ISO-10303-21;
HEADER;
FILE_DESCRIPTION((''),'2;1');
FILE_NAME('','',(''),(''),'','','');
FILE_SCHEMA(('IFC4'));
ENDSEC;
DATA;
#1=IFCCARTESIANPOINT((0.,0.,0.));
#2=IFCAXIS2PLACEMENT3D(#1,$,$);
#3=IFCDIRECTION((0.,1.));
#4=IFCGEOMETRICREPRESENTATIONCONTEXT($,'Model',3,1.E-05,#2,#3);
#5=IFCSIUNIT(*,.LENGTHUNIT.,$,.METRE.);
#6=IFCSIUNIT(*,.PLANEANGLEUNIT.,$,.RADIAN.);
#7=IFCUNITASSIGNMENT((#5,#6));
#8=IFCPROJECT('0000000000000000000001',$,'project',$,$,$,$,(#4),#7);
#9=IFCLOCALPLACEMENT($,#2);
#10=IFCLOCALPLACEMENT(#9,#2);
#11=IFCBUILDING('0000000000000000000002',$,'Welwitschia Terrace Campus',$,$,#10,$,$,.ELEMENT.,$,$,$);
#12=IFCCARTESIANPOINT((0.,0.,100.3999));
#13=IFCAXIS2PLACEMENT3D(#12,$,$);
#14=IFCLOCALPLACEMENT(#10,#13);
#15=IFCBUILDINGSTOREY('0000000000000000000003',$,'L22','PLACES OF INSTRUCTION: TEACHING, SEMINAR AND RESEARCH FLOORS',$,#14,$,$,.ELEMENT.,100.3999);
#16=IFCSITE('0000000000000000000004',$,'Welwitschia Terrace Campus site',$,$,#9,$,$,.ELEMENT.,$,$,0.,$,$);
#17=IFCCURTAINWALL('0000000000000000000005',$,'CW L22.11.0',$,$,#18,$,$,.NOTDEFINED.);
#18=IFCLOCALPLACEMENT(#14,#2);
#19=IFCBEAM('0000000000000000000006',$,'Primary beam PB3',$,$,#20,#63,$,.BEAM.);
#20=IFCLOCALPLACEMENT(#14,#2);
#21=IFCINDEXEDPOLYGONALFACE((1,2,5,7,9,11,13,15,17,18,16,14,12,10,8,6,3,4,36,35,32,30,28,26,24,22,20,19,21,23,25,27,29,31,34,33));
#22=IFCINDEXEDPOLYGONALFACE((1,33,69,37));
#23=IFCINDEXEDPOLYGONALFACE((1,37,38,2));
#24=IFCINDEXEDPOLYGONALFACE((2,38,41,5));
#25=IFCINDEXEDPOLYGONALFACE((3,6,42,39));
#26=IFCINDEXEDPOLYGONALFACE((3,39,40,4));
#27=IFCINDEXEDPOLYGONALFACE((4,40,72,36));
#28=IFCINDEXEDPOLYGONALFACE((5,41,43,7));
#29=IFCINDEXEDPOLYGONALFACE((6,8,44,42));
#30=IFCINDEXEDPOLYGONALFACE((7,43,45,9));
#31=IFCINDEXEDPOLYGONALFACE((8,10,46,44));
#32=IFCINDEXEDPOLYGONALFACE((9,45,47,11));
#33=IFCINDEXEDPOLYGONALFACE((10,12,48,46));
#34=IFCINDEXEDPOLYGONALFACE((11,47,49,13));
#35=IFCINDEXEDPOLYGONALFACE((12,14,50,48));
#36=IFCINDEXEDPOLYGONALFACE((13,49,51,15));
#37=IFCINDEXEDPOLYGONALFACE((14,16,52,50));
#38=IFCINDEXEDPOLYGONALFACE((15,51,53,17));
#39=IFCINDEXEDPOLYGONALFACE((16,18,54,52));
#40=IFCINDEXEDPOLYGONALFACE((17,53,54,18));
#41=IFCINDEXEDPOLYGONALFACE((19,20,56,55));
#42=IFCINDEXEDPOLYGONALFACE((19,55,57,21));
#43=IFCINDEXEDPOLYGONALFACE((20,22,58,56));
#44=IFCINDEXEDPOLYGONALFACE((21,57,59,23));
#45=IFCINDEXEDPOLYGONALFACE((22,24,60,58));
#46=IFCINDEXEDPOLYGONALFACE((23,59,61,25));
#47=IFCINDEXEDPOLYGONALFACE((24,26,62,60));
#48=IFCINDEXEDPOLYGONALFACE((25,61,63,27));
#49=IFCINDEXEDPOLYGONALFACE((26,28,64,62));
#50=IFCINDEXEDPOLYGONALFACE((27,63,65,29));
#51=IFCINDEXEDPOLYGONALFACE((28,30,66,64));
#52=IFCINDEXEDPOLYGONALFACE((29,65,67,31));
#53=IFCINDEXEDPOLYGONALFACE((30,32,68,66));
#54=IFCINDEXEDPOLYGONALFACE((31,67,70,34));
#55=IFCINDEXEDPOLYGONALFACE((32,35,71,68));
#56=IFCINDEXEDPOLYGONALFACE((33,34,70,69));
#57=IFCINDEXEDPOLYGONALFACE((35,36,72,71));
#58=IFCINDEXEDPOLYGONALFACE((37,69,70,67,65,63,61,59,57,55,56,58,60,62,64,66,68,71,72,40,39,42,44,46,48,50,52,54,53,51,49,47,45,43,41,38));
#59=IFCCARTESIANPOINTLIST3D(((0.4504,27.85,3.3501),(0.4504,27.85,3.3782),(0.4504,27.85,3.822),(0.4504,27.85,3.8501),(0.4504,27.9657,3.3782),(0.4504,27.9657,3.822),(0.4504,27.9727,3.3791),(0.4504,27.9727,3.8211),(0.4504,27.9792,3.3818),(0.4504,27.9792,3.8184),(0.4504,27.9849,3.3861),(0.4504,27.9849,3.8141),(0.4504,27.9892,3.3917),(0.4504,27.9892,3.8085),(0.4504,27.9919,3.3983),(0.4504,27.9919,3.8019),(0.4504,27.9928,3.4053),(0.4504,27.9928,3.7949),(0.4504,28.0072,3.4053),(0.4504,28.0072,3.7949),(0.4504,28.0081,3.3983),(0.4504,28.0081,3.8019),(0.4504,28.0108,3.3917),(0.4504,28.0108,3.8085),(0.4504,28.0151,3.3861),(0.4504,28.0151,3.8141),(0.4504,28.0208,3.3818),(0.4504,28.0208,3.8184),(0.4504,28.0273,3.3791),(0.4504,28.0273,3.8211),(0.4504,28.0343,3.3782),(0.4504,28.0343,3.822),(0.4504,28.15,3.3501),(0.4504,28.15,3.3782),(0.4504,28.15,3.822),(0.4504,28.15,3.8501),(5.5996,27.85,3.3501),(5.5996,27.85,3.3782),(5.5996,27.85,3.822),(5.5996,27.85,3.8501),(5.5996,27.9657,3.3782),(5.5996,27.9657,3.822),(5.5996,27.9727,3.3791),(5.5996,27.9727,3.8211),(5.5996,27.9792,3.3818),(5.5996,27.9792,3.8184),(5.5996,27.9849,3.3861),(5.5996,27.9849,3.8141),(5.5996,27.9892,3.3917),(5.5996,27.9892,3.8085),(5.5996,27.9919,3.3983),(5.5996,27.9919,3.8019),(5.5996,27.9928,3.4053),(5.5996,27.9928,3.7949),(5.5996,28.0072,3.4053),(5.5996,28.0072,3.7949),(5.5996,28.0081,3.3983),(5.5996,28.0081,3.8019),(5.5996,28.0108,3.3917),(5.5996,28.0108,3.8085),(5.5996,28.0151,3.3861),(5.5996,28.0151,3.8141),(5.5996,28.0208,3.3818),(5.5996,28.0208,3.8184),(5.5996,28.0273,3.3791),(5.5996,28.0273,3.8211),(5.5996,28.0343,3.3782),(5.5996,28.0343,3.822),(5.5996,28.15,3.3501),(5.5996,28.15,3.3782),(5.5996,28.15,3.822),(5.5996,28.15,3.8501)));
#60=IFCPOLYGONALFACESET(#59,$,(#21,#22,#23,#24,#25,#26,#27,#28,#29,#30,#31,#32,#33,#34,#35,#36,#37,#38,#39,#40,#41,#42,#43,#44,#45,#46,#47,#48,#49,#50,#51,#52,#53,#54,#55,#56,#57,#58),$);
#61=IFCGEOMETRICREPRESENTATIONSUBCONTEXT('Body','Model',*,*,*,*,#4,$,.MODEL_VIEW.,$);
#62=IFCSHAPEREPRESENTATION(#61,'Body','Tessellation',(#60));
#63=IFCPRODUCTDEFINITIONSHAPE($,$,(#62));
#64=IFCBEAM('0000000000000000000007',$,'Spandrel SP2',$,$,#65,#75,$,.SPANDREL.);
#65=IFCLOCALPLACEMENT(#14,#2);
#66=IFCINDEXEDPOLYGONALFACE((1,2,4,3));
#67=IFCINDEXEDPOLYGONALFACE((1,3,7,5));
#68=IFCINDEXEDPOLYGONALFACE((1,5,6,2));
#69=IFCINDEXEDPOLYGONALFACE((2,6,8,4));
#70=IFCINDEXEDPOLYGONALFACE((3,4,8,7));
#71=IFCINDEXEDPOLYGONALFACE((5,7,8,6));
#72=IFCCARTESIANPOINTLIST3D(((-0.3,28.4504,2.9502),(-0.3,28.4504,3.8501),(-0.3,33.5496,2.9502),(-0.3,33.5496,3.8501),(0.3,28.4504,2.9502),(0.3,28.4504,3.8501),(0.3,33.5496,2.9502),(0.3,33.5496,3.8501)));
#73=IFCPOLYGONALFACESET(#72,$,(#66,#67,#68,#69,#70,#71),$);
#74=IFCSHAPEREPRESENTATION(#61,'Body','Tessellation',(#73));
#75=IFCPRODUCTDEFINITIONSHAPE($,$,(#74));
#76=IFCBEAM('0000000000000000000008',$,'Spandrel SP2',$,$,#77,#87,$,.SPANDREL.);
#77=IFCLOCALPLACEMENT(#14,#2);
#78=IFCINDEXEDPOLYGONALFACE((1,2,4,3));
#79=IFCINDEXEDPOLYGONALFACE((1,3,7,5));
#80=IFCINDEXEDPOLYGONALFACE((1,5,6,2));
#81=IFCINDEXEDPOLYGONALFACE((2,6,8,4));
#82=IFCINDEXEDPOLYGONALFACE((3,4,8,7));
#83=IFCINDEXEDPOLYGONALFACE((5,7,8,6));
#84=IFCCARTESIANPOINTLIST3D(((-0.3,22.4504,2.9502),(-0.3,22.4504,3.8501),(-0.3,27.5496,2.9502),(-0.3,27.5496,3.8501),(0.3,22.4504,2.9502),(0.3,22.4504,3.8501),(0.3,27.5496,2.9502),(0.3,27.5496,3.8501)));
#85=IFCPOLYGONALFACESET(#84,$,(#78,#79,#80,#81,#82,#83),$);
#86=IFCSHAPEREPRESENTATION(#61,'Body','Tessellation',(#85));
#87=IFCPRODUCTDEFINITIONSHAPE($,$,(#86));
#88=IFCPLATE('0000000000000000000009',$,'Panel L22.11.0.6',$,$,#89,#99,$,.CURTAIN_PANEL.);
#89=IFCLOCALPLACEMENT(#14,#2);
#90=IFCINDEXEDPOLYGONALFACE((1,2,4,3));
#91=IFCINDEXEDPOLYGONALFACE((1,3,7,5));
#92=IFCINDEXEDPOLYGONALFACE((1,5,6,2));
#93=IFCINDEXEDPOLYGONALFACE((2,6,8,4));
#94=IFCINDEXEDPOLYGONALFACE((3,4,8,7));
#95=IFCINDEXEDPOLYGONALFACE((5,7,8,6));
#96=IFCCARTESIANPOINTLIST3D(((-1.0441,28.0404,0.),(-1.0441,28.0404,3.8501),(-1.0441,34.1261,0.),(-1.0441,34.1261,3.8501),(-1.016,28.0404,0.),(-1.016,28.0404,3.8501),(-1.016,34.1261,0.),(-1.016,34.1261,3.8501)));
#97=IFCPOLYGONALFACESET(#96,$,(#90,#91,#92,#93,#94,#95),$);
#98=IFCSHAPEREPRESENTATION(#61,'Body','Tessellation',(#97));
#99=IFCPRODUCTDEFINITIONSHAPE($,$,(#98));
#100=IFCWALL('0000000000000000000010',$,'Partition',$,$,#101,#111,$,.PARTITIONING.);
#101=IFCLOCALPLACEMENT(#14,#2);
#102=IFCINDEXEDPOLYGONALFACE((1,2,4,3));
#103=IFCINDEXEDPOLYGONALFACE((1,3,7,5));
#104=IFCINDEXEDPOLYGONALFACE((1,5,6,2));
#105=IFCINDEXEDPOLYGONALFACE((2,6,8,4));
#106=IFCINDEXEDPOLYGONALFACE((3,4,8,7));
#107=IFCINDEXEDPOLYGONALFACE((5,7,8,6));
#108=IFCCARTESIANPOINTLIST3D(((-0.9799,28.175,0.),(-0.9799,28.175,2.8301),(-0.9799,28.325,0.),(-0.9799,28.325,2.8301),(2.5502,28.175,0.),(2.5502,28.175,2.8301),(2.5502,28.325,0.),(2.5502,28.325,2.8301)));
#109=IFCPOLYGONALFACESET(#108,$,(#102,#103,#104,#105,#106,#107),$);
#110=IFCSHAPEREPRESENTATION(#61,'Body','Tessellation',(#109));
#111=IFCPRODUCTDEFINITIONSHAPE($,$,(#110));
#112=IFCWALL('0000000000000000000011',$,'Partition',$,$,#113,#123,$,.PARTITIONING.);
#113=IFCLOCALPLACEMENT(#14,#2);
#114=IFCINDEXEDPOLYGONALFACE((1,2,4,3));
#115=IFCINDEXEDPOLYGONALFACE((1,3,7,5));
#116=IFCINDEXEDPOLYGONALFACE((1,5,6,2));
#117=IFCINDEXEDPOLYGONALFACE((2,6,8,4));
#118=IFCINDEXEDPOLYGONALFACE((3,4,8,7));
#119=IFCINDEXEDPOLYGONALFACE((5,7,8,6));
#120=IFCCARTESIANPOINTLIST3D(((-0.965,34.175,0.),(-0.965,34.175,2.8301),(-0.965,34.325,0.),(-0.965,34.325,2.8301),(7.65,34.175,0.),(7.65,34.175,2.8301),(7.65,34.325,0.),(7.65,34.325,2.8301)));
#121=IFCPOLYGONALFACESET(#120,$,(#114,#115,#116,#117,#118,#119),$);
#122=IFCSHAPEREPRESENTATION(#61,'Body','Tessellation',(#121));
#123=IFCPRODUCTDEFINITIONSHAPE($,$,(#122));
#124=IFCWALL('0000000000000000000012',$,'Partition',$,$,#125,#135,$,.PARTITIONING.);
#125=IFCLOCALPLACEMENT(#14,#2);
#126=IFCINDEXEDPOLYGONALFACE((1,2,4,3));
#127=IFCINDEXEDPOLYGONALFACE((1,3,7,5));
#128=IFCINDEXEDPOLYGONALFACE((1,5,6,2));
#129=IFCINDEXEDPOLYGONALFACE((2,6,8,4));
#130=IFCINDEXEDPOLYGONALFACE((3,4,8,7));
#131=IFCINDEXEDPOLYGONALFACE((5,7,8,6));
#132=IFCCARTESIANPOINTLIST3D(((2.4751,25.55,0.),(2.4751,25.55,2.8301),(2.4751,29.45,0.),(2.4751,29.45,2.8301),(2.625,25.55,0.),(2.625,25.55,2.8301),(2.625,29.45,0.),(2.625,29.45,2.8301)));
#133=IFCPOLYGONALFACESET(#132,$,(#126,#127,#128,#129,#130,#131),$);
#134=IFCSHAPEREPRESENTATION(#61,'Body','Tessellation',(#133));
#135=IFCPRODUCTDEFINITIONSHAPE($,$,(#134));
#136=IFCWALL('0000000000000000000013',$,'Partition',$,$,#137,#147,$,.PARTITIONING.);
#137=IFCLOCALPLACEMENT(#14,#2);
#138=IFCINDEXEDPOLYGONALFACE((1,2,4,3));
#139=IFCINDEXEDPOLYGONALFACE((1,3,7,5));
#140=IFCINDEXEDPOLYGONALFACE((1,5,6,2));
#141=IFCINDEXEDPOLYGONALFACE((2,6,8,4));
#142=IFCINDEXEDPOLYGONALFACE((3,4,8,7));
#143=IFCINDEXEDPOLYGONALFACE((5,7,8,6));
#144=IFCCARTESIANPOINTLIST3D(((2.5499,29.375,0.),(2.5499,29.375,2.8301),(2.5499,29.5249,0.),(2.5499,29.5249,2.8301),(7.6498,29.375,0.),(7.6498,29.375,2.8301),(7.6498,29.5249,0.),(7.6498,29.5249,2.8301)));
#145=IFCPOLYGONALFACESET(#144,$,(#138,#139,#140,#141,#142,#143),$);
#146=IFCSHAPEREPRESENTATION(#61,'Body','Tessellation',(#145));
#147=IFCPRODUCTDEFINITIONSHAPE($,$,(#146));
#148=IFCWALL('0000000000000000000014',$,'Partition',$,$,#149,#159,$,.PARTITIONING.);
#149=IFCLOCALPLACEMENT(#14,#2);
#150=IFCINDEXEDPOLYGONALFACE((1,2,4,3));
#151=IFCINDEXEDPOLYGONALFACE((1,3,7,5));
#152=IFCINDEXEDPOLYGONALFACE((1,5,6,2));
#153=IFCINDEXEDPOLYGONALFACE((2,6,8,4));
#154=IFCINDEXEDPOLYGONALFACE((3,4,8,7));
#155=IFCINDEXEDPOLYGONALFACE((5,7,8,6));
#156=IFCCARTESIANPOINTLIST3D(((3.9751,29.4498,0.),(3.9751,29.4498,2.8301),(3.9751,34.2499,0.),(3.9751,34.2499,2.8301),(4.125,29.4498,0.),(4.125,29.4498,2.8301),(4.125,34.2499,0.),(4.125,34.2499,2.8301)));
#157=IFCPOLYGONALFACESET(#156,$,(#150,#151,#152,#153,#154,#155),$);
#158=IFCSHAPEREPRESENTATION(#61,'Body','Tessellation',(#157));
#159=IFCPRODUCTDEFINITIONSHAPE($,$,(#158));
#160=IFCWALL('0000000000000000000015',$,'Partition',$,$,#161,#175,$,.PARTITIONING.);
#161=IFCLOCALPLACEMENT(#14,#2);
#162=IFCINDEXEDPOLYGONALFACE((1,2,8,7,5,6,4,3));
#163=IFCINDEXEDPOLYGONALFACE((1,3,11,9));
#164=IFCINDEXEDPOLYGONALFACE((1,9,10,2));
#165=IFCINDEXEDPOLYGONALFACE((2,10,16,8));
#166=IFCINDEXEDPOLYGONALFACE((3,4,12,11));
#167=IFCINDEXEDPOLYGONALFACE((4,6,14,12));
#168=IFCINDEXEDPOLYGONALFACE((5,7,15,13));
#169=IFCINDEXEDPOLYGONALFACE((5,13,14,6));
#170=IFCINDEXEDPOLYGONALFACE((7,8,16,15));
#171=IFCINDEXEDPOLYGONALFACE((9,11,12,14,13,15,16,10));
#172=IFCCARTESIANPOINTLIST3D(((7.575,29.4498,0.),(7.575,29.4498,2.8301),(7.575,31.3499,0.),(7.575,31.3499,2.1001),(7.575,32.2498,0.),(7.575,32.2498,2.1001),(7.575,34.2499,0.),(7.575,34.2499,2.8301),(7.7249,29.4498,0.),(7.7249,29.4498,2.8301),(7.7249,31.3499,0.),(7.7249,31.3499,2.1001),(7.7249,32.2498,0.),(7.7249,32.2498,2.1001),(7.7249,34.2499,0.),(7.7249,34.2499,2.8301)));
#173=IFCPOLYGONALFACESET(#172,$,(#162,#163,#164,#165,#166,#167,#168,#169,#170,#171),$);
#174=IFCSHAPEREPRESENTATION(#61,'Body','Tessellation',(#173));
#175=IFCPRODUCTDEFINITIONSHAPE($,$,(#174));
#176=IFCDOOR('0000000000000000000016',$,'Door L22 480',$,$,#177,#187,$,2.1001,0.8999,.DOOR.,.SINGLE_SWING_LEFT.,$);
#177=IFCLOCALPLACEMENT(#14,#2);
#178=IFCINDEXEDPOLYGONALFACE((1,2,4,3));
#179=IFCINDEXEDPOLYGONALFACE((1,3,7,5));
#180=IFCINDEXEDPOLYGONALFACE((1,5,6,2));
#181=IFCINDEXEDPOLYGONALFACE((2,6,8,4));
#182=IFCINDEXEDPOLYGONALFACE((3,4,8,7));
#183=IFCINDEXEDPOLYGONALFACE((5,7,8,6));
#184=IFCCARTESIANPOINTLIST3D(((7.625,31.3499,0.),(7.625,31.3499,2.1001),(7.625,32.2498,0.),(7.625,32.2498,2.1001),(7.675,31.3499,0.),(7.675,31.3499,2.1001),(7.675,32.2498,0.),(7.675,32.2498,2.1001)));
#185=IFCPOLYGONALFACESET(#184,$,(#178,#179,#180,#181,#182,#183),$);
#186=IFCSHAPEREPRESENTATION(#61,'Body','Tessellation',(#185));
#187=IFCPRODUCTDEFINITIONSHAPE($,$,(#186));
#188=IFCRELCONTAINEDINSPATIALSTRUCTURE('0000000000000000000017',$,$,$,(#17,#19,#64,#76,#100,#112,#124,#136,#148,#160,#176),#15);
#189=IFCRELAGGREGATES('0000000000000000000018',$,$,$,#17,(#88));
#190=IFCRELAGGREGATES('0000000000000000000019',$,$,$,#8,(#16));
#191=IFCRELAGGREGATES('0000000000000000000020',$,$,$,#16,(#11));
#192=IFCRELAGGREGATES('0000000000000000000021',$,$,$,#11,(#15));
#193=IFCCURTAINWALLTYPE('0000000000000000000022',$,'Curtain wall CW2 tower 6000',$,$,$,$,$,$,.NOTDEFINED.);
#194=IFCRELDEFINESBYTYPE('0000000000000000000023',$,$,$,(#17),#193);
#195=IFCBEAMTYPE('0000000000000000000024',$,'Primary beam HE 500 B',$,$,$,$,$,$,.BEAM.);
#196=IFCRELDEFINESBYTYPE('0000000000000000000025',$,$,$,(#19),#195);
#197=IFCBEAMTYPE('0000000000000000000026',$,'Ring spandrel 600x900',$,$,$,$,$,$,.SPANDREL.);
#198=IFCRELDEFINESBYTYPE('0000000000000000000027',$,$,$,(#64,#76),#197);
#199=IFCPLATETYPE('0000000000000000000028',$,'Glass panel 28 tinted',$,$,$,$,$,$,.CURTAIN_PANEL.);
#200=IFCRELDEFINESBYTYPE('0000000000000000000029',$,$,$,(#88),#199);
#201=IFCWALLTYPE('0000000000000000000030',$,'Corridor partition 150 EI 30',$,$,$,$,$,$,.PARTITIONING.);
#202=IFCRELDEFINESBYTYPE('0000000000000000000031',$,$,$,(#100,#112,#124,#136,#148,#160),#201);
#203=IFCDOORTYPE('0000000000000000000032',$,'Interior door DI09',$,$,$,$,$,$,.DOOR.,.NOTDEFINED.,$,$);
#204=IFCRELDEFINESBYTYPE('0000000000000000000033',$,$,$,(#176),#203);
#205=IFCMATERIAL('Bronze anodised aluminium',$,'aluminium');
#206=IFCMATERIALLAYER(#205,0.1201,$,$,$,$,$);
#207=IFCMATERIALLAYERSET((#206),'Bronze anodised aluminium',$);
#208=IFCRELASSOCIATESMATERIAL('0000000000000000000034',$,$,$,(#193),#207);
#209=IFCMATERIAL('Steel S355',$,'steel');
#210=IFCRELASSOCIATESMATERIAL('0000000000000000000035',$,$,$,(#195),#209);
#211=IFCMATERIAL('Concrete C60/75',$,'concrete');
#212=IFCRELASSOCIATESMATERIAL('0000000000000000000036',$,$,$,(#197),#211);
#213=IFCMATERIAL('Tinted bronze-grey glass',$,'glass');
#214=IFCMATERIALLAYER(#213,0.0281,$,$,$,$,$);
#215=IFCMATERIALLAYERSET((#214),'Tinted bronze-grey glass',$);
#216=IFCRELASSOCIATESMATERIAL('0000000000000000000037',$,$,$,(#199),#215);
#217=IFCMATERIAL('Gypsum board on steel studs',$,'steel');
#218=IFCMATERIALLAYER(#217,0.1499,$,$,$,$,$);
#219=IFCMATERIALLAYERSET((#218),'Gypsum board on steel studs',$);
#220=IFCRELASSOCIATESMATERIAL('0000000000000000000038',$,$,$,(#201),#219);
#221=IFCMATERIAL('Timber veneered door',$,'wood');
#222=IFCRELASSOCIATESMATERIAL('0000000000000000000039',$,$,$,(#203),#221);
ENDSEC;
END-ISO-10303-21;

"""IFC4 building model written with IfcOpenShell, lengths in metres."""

from ifc_helpers import new_model, si_unit, direction, frame, frame_2d, origin, origin_2d, place, context, subcontext, project, spatial, rectangle, i_section, extrude, material, layer, layer_set, material_profile, profile_set, type_object, element, fill, aggregate, save


model = new_model("IFC4")

# Units and contexts
model_context = context("Model", 3, precision=1e-05, world=origin(), true_north=direction((0.0, 1.0)))
body_context = subcontext(model_context, "Body", "Model", "MODEL_VIEW")
ifc_project = project(units=[si_unit("LENGTHUNIT", "METRE"), si_unit("PLANEANGLEUNIT", "RADIAN")], contexts=[model_context])

# Site, building, storey
site_placement = place(None, origin())
site = spatial("IfcSite", under=ifc_project, at=site_placement, Name="Welwitschia Terrace Campus site", CompositionType="ELEMENT", RefElevation=0.0)
building_placement = place(site_placement, origin())
building = spatial("IfcBuilding", under=site, at=building_placement, Name="Welwitschia Terrace Campus", CompositionType="ELEMENT")
storey_placement = place(building_placement, frame((0.0, 0.0, 100.3999)))
storey = spatial("IfcBuildingStorey", under=building, at=storey_placement, Name="L22", Description="PLACES OF INSTRUCTION: TEACHING, SEMINAR AND RESEARCH FLOORS", CompositionType="ELEMENT", Elevation=100.3999)

# Curtain wall
ifc_material_1 = material(Name="Bronze anodised aluminium", Category="aluminium")
ifc_layer_1 = layer(ifc_material_1, 0.1201)
ifc_layer_set_1 = layer_set([ifc_layer_1], Name="Bronze anodised aluminium")
curtain_wall_type = type_object("IfcCurtainWallType", Name="Curtain wall CW2 tower 6000", PredefinedType="NOTDEFINED", material=ifc_layer_set_1)
curtain_wall_placement = place(storey_placement, origin())
curtain_wall = element("IfcCurtainWall", 1, at=curtain_wall_placement, inside=storey, type_object=curtain_wall_type, Name="CW L22.11.0", PredefinedType="NOTDEFINED")

# Beams
ifc_material_2 = material(Name="Steel S355", Category="steel")
ifc_material_profile_1 = material_profile(ifc_material_2, i_section(OverallWidth=0.3, OverallDepth=0.5, WebThickness=0.0144, FlangeThickness=0.0281, FilletRadius=0.0271, at=origin_2d()))
ifc_profile_set_1 = profile_set([ifc_material_profile_1], Name="Steel S355")
beam_type_1 = type_object("IfcBeamType", Name="Primary beam HE 500 B", PredefinedType="BEAM", material=ifc_profile_set_1)
beam_1_placement = place(storey_placement, frame((0.4504, 28.0, 3.6001), z_axis=(1.0, 0.0, 0.0), x_axis=(0.0, 1.0, 0.0)))
element("IfcBeam", 2, at=beam_1_placement, inside=storey, type_object=beam_type_1, Name="Primary beam PB3", PredefinedType="BEAM", context=body_context, shape_type="SweptSolid", body=[
    extrude(i_section(OverallWidth=0.3, OverallDepth=0.5, WebThickness=0.0144, FlangeThickness=0.0281, FilletRadius=0.0271, at=origin_2d()), origin(), (0.0, 0.0, 1.0), 5.1492),
])
ifc_material_3 = material(Name="Concrete C60/75", Category="concrete")
ifc_material_profile_2 = material_profile(ifc_material_3, rectangle(XDim=0.6001, YDim=0.8999, at=origin_2d()))
ifc_profile_set_2 = profile_set([ifc_material_profile_2], Name="Concrete C60/75")
beam_type_2 = type_object("IfcBeamType", Name="Ring spandrel 600x900", PredefinedType="SPANDREL", material=ifc_profile_set_2)
for number, where, z_axis, x_axis, name in (
    (3, (0.0, 33.5496, 3.4001), (0.0, -1.0, 0.0), (1.0, 0.0, 0.0), "Spandrel SP2"),
    (4, (0.0, 27.5496, 3.4001), (0.0, -1.0, 0.0), (1.0, 0.0, 0.0), "Spandrel SP2"),
):
    element("IfcBeam", number, at=place(storey_placement, frame(where, z_axis=z_axis, x_axis=x_axis)), inside=storey, type_object=beam_type_2, Name=name, PredefinedType="SPANDREL", context=body_context, shape_type="SweptSolid", body=[
        extrude(rectangle(XDim=0.6001, YDim=0.8999, at=origin_2d()), origin(), (0.0, 0.0, 1.0), 5.0991),
    ])

# Plate
ifc_material_4 = material(Name="Tinted bronze-grey glass", Category="glass")
ifc_layer_2 = layer(ifc_material_4, 0.0281)
ifc_layer_set_2 = layer_set([ifc_layer_2], Name="Tinted bronze-grey glass")
plate_type = type_object("IfcPlateType", Name="Glass panel 28 tinted", PredefinedType="CURTAIN_PANEL", material=ifc_layer_set_2)
plate_placement = place(storey_placement, frame((-1.03, 31.0833, 0.0), z_axis=(0.0, 0.0, 1.0), x_axis=(0.0, -1.0, 0.0)))
plate = element("IfcPlate", 5, at=plate_placement, type_object=plate_type, Name="Panel L22.11.0.6", PredefinedType="CURTAIN_PANEL", context=body_context, shape_type="SweptSolid", body=[
    extrude(rectangle(XDim=6.0857, YDim=0.0281, at=origin_2d()), origin(), (0.0, 0.0, 1.0), 3.8501),
])
aggregate(curtain_wall, [plate])

# Walls
ifc_material_5 = material(Name="Gypsum board on steel studs", Category="steel")
ifc_layer_3 = layer(ifc_material_5, 0.1499)
ifc_layer_set_3 = layer_set([ifc_layer_3], Name="Gypsum board on steel studs")
wall_type = type_object("IfcWallType", Name="Corridor partition 150 EI 30", PredefinedType="PARTITIONING", material=ifc_layer_set_3)
wall_1_placement = place(storey_placement, frame((-0.98, 28.25, 0.0), z_axis=(0.0, 0.0, 1.0), x_axis=(1.0, 0.0, 0.0)))
element("IfcWall", 6, at=wall_1_placement, inside=storey, type_object=wall_type, Name="Partition", PredefinedType="PARTITIONING", context=body_context, shape_type="SweptSolid", body=[
    extrude(rectangle(XDim=3.53, YDim=0.1499, at=frame_2d((1.7651, 0.0))), origin(), (0.0, 0.0, 1.0), 2.8301),
])
wall_2_placement = place(storey_placement, frame((-0.9651, 34.25, 0.0), z_axis=(0.0, 0.0, 1.0), x_axis=(1.0, 0.0, 0.0)))
element("IfcWall", 7, at=wall_2_placement, inside=storey, type_object=wall_type, Name="Partition", PredefinedType="PARTITIONING", context=body_context, shape_type="SweptSolid", body=[
    extrude(rectangle(XDim=8.615, YDim=0.1499, at=frame_2d((4.3076, 0.0))), origin(), (0.0, 0.0, 1.0), 2.8301),
])
wall_3_placement = place(storey_placement, frame((2.55, 25.55, 0.0), z_axis=(0.0, 0.0, 1.0), x_axis=(0.0, 1.0, 0.0)))
element("IfcWall", 8, at=wall_3_placement, inside=storey, type_object=wall_type, Name="Partition", PredefinedType="PARTITIONING", context=body_context, shape_type="SweptSolid", body=[
    extrude(rectangle(XDim=3.8999, YDim=0.1499, at=frame_2d((1.95, 0.0))), origin(), (0.0, 0.0, 1.0), 2.8301),
])
wall_4_placement = place(storey_placement, frame((2.55, 29.45, 0.0), z_axis=(0.0, 0.0, 1.0), x_axis=(1.0, 0.0, 0.0)))
element("IfcWall", 9, at=wall_4_placement, inside=storey, type_object=wall_type, Name="Partition", PredefinedType="PARTITIONING", context=body_context, shape_type="SweptSolid", body=[
    extrude(rectangle(XDim=5.0999, YDim=0.1499, at=frame_2d((2.5498, 0.0))), origin(), (0.0, 0.0, 1.0), 2.8301),
])
wall_5_placement = place(storey_placement, frame((4.05, 29.45, 0.0), z_axis=(0.0, 0.0, 1.0), x_axis=(0.0, 1.0, 0.0)))
element("IfcWall", 10, at=wall_5_placement, inside=storey, type_object=wall_type, Name="Partition", PredefinedType="PARTITIONING", context=body_context, shape_type="SweptSolid", body=[
    extrude(rectangle(XDim=4.8, YDim=0.1499, at=frame_2d((2.3999, 0.0))), origin(), (0.0, 0.0, 1.0), 2.8301),
])

# Wall, opening, door
wall_6_placement = place(storey_placement, frame((7.6499, 29.45, 0.0), z_axis=(0.0, 0.0, 1.0), x_axis=(0.0, 1.0, 0.0)))
wall_6 = element("IfcWall", 11, at=wall_6_placement, inside=storey, type_object=wall_type, Name="Partition", PredefinedType="PARTITIONING", context=body_context, shape_type="SweptSolid", body=[
    extrude(rectangle(XDim=4.8, YDim=0.1499, at=frame_2d((2.3999, 0.0))), origin(), (0.0, 0.0, 1.0), 2.8301),
])
opening_1_placement = place(wall_6_placement, frame((1.8999, 0.0, 0.0)))
opening_1 = element("IfcOpeningElement", 12, at=opening_1_placement, cuts=wall_6, PredefinedType="OPENING", context=body_context, shape_type="SweptSolid", body=[
    extrude(rectangle(XDim=0.8999, YDim=2.1001, at=frame_2d((0.45, 1.05))), frame((0.0, 0.085, 0.0), z_axis=(0.0, -1.0, 0.0), x_axis=(1.0, 0.0, 0.0)), (0.0, 0.0, 1.0), 0.1699),
])
ifc_material_6 = material(Name="Timber veneered door", Category="wood")
door_type_1 = type_object("IfcDoorType", Name="Interior door DI09", OperationType="NOTDEFINED", PredefinedType="DOOR", material=ifc_material_6)
door_1_placement = place(opening_1_placement, origin())
door_1 = element("IfcDoor", 13, at=door_1_placement, inside=storey, type_object=door_type_1, Name="Door L22 480", OperationType="SINGLE_SWING_LEFT", OverallHeight=2.1001, OverallWidth=0.8999, PredefinedType="DOOR", context=body_context, shape_type="SweptSolid", body=[
    extrude(rectangle(XDim=0.8999, YDim=2.1001, at=frame_2d((0.45, 1.05))), frame((0.0, 0.0249, 0.0), z_axis=(0.0, -1.0, 0.0), x_axis=(1.0, 0.0, 0.0)), (0.0, 0.0, 1.0), 0.05),
])
fill(opening_1, door_1)

save(model, "model.ifc")
